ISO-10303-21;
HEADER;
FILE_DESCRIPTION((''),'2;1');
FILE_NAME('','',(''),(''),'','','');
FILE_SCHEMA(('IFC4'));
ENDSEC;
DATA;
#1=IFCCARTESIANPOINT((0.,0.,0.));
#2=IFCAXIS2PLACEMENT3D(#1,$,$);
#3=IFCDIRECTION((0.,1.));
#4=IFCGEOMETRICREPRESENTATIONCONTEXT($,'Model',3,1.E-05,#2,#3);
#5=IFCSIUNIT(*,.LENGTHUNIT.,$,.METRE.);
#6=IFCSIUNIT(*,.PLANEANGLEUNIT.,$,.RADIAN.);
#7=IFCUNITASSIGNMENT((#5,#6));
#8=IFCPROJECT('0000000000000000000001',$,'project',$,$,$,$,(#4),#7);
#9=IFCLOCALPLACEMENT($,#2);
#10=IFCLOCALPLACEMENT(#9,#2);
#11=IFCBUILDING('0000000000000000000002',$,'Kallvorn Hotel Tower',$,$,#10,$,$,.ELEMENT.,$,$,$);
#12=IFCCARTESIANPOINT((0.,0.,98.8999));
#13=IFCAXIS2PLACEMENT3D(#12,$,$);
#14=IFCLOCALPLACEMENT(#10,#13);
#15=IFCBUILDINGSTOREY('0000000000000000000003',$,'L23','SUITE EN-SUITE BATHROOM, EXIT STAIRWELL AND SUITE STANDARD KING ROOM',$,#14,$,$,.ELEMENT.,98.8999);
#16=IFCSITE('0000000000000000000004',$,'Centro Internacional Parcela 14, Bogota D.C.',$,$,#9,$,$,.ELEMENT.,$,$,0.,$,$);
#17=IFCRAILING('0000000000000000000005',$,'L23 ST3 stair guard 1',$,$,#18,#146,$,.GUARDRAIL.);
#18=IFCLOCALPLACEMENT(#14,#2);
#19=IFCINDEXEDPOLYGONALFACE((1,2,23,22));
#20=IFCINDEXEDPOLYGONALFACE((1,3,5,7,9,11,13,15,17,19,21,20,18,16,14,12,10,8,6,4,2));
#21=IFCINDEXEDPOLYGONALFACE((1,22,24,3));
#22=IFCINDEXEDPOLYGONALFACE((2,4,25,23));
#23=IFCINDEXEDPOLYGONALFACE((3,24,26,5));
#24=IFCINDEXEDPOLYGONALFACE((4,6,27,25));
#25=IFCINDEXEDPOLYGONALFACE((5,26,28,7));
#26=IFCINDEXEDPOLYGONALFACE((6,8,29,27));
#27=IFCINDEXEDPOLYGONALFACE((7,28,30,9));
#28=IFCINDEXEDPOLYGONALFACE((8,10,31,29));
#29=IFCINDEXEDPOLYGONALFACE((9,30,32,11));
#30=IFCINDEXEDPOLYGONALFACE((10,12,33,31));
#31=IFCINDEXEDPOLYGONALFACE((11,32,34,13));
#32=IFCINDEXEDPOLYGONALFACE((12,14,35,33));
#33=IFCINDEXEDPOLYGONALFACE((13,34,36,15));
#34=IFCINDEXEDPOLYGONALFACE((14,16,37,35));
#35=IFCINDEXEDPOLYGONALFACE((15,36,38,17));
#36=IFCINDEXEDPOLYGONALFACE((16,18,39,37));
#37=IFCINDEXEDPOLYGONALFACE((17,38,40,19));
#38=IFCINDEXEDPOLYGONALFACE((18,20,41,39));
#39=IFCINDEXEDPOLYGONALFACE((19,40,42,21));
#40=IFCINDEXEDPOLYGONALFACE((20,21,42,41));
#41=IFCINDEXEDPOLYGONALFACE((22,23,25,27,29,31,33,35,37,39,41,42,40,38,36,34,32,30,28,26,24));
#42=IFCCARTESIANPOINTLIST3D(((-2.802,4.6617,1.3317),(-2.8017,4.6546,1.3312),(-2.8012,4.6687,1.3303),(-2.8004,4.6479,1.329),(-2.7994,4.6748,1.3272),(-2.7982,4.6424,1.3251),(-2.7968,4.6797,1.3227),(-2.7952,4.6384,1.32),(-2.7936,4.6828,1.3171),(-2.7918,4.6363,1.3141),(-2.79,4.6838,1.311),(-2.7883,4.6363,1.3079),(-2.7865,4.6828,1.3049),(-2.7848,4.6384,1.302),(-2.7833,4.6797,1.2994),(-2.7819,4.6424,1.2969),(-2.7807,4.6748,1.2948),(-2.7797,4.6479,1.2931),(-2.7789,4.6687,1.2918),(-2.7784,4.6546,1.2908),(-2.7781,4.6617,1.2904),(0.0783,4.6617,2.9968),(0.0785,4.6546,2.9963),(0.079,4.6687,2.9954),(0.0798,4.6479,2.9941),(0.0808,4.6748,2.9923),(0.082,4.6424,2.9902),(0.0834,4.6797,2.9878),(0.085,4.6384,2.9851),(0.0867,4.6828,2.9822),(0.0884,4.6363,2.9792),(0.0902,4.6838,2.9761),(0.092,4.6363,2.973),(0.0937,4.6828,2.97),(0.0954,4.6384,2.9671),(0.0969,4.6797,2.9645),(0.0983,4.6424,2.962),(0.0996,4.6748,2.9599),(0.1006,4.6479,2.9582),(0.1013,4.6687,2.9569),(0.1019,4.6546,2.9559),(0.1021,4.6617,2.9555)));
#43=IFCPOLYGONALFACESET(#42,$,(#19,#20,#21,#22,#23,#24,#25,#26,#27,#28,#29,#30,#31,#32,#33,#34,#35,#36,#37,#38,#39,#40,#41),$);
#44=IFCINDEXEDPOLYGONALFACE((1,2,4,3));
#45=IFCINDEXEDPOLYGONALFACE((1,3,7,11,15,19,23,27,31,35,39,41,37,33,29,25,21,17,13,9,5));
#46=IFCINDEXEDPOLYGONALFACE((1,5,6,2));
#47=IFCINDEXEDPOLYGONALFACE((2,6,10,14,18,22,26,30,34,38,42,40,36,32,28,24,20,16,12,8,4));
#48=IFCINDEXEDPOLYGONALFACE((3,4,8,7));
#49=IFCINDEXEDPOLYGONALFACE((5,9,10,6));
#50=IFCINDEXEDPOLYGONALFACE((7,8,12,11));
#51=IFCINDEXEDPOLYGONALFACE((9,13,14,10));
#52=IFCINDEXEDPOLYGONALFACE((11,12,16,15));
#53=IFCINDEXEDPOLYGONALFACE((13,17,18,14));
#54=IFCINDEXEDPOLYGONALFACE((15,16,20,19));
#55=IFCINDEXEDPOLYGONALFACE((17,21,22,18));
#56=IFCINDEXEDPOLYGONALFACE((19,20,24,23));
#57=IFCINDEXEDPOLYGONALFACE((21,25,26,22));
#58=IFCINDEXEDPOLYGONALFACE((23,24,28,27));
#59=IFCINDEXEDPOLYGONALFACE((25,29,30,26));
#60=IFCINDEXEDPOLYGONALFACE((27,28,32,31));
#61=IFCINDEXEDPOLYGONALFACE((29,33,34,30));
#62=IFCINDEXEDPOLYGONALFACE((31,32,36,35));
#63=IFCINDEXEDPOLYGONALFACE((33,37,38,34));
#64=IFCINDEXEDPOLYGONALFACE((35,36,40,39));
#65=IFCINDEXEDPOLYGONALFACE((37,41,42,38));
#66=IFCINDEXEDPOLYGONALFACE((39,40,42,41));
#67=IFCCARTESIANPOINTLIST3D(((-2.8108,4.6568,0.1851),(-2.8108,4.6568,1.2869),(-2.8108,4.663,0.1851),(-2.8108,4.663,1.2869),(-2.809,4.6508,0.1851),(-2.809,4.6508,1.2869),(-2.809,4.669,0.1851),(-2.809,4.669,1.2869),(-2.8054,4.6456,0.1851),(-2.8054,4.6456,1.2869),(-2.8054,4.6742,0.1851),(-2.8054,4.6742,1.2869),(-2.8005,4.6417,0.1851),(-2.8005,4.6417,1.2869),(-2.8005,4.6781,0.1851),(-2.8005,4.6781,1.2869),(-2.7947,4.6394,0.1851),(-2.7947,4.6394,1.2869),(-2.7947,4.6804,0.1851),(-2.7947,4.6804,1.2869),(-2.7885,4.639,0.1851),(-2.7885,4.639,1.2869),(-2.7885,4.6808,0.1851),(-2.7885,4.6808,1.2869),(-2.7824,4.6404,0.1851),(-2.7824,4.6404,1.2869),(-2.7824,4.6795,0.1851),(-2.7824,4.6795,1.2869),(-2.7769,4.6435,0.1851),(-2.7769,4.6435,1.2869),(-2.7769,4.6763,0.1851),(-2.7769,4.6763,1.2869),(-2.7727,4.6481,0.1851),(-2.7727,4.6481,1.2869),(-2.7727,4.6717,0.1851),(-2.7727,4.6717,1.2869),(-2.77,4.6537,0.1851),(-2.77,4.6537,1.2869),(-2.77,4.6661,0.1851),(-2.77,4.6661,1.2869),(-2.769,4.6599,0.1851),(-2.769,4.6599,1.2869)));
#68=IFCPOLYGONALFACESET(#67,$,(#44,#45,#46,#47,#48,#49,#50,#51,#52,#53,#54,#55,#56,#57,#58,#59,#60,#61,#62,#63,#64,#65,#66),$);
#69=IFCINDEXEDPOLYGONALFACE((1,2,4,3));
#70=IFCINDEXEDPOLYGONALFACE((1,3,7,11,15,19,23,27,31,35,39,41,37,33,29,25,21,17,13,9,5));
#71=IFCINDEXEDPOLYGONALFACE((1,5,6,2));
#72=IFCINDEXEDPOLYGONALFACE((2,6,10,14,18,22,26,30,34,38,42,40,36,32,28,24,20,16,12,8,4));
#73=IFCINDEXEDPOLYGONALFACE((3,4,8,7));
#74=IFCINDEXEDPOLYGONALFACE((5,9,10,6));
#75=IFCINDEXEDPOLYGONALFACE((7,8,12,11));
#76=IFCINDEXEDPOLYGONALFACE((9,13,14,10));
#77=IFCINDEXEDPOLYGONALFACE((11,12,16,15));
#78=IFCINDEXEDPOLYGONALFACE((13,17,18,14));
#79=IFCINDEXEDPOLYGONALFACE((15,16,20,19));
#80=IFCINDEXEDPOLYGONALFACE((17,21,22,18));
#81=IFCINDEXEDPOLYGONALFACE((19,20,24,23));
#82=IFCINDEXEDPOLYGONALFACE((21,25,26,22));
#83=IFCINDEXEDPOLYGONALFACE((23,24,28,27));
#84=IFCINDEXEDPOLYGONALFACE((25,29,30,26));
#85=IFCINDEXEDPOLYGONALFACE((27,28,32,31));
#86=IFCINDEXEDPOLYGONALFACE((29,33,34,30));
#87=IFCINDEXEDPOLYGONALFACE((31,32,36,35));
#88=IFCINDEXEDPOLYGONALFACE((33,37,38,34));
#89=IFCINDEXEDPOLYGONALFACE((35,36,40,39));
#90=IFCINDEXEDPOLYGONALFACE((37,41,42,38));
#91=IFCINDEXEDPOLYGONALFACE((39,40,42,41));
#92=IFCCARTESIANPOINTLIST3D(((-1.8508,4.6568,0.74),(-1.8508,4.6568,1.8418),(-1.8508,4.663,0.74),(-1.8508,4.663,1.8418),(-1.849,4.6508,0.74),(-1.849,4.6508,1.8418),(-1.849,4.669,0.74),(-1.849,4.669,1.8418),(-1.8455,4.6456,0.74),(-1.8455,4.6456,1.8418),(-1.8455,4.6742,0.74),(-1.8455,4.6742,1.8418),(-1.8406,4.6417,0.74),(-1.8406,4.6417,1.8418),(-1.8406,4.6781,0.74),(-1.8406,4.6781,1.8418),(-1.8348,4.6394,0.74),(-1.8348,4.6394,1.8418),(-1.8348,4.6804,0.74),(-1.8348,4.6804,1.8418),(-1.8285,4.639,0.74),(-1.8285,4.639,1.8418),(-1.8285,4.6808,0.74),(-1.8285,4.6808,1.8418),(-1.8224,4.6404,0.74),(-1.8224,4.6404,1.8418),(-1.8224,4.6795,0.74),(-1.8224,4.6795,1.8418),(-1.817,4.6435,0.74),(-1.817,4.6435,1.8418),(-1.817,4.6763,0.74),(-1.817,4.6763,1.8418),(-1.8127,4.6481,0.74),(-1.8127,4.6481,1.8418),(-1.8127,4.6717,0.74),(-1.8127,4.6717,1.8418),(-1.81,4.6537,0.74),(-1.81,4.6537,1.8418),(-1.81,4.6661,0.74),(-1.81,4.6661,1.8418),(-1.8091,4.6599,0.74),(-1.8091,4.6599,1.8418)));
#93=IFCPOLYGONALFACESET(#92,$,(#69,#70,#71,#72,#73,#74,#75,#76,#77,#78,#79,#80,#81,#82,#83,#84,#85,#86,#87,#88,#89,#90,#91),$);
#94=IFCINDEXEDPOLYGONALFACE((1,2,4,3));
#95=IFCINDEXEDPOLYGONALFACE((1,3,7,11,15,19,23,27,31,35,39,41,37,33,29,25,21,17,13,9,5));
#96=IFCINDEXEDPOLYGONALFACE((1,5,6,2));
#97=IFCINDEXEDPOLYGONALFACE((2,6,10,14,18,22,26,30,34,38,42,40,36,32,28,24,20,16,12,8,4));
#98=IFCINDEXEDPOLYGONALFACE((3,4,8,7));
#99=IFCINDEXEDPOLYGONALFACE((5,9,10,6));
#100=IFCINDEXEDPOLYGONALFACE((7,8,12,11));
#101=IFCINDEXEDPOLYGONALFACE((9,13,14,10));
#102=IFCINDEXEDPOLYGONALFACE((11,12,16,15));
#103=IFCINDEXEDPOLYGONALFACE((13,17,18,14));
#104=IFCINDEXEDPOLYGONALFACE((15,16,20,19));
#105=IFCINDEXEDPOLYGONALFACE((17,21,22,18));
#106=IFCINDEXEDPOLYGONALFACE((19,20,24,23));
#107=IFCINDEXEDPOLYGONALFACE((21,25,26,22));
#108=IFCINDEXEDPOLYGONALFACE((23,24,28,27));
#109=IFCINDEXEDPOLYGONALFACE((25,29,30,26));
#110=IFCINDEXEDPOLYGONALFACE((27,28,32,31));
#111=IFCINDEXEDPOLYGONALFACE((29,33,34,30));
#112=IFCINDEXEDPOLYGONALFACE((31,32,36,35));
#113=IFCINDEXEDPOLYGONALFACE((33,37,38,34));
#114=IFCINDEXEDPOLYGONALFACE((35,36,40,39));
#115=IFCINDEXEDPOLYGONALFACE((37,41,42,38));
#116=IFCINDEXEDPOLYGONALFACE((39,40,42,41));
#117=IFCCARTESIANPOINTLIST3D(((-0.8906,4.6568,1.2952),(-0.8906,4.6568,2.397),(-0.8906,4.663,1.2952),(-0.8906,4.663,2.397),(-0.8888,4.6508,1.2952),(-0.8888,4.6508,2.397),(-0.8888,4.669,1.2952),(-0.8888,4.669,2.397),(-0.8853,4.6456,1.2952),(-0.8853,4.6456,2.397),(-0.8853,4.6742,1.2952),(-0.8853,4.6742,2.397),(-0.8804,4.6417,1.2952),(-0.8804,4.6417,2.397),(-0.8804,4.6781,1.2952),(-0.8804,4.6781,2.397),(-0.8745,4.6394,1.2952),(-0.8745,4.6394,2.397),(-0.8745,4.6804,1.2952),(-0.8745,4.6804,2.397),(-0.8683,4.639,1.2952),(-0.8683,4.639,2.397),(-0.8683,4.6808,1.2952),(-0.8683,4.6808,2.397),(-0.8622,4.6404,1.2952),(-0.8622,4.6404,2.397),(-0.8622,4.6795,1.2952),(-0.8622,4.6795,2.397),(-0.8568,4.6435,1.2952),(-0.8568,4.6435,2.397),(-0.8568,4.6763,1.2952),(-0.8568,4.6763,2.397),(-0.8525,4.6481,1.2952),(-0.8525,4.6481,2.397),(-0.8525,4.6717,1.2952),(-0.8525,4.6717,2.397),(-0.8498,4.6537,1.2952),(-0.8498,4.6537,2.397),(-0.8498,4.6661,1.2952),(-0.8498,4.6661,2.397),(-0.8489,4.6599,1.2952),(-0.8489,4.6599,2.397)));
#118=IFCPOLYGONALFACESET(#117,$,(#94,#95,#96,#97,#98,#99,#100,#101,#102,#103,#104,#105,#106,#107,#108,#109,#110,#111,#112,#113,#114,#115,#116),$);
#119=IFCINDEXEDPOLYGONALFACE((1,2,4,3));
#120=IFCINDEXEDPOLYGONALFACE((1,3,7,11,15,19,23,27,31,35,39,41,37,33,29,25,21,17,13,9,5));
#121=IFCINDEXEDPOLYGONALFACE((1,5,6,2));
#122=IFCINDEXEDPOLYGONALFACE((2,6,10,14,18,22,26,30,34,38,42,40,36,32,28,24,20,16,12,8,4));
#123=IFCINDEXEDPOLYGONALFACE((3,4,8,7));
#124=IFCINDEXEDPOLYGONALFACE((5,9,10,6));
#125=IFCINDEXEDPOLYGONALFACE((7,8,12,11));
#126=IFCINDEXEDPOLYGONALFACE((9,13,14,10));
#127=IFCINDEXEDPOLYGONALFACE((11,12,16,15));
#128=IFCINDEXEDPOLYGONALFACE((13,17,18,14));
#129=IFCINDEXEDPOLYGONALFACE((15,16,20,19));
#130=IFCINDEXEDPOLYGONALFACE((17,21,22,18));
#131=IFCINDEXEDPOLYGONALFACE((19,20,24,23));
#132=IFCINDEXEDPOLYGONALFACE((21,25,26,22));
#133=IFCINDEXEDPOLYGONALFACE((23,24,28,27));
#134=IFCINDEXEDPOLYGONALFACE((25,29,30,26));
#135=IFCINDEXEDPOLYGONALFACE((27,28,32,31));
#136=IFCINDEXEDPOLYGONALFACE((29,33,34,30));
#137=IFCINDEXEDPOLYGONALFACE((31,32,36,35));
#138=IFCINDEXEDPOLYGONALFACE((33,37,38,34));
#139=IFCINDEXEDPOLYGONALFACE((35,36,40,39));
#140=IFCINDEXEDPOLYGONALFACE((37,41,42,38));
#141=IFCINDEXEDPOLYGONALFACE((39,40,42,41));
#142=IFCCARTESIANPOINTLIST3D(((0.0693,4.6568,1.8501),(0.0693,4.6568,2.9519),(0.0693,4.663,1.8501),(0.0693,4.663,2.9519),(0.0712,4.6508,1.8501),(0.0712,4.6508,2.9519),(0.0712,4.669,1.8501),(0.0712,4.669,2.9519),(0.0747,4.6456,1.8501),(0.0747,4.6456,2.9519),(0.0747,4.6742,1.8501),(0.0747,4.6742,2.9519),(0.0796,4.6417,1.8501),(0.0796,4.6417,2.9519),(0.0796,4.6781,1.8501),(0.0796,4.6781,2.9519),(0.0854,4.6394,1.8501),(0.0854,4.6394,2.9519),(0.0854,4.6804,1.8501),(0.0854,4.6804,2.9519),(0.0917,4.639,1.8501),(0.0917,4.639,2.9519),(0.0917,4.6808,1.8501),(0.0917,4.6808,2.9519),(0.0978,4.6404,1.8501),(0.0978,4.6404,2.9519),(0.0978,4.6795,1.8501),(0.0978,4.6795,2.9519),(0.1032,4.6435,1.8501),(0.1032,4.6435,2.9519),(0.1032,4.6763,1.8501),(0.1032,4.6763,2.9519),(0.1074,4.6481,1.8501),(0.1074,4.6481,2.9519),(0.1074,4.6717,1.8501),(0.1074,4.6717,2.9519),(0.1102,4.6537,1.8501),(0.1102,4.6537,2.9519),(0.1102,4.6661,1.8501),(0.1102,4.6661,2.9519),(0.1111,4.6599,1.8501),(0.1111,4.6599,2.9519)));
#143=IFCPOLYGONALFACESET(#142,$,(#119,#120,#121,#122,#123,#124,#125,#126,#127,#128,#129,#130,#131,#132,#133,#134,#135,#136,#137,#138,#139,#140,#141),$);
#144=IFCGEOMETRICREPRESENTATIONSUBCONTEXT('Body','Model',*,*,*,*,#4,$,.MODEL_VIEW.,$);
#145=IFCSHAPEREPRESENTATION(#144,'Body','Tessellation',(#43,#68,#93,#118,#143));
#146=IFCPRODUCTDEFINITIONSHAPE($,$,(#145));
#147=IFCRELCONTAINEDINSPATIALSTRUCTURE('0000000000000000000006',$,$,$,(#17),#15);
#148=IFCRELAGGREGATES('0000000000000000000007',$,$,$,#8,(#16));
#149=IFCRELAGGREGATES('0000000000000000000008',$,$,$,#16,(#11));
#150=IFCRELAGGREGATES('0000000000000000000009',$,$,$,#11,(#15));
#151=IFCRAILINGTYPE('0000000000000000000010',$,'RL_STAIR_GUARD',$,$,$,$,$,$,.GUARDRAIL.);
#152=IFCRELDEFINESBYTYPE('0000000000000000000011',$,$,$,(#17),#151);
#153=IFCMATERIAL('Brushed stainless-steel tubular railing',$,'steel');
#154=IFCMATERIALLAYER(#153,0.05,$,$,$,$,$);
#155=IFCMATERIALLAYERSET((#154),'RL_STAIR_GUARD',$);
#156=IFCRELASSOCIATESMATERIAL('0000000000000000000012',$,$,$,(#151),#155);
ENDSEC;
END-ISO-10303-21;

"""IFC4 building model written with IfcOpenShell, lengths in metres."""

from ifc_helpers import new_model, si_unit, direction, frame, origin, origin_2d, place, context, subcontext, project, spatial, circle, extrude, material, layer, layer_set, type_object, element, save


model = new_model("IFC4")

# Units and contexts
model_context = context("Model", 3, precision=1e-05, world=origin(), true_north=direction((0.0, 1.0)))
body_context = subcontext(model_context, "Body", "Model", "MODEL_VIEW")
ifc_project = project(units=[si_unit("LENGTHUNIT", "METRE"), si_unit("PLANEANGLEUNIT", "RADIAN")], contexts=[model_context])

# Site, building, storey
site_placement = place(None, origin())
site = spatial("IfcSite", under=ifc_project, at=site_placement, Name="Centro Internacional Parcela 14, Bogota D.C.", CompositionType="ELEMENT", RefElevation=0.0)
building_placement = place(site_placement, origin())
building = spatial("IfcBuilding", under=site, at=building_placement, Name="Kallvorn Hotel Tower", CompositionType="ELEMENT")
storey_placement = place(building_placement, frame((0.0, 0.0, 98.8999)))
storey = spatial("IfcBuildingStorey", under=building, at=storey_placement, Name="L23", Description="SUITE EN-SUITE BATHROOM, EXIT STAIRWELL AND SUITE STANDARD KING ROOM", CompositionType="ELEMENT", Elevation=98.8999)

# Railing
ifc_material_1 = material(Name="Brushed stainless-steel tubular railing", Category="steel")
ifc_layer_1 = layer(ifc_material_1, 0.05)
ifc_layer_set_1 = layer_set([ifc_layer_1], Name="RL_STAIR_GUARD")
railing_type_1 = type_object("IfcRailingType", Name="RL_STAIR_GUARD", PredefinedType="GUARDRAIL", material=ifc_layer_set_1)
railing_1_placement = place(storey_placement, frame((-2.79, 4.6599, 0.1851)))
element("IfcRailing", 1, at=railing_1_placement, inside=storey, type_object=railing_type_1, Name="L23 ST3 stair guard 1", PredefinedType="GUARDRAIL", context=body_context, shape_type="SweptSolid", body=[
    extrude(circle(Radius=0.0239, at=origin_2d()), frame((0.0, 0.0, 1.126), z_axis=(0.865739, 0.0, 0.500495), x_axis=(0.0, 1.0, 0.0)), (0.0, 0.0, 1.0), 3.3269),
    extrude(circle(Radius=0.021, at=origin_2d()), origin(), (0.0, 0.0, 1.0), 1.1018),
    extrude(circle(Radius=0.021, at=origin_2d()), frame((0.96, 0.0, 0.5549)), (0.0, 0.0, 1.0), 1.1018),
    extrude(circle(Radius=0.021, at=origin_2d()), frame((1.9202, 0.0, 1.1101)), (0.0, 0.0, 1.0), 1.1018),
    extrude(circle(Radius=0.021, at=origin_2d()), frame((2.8801, 0.0, 1.665)), (0.0, 0.0, 1.0), 1.1018),
])

save(model, "model.ifc")
